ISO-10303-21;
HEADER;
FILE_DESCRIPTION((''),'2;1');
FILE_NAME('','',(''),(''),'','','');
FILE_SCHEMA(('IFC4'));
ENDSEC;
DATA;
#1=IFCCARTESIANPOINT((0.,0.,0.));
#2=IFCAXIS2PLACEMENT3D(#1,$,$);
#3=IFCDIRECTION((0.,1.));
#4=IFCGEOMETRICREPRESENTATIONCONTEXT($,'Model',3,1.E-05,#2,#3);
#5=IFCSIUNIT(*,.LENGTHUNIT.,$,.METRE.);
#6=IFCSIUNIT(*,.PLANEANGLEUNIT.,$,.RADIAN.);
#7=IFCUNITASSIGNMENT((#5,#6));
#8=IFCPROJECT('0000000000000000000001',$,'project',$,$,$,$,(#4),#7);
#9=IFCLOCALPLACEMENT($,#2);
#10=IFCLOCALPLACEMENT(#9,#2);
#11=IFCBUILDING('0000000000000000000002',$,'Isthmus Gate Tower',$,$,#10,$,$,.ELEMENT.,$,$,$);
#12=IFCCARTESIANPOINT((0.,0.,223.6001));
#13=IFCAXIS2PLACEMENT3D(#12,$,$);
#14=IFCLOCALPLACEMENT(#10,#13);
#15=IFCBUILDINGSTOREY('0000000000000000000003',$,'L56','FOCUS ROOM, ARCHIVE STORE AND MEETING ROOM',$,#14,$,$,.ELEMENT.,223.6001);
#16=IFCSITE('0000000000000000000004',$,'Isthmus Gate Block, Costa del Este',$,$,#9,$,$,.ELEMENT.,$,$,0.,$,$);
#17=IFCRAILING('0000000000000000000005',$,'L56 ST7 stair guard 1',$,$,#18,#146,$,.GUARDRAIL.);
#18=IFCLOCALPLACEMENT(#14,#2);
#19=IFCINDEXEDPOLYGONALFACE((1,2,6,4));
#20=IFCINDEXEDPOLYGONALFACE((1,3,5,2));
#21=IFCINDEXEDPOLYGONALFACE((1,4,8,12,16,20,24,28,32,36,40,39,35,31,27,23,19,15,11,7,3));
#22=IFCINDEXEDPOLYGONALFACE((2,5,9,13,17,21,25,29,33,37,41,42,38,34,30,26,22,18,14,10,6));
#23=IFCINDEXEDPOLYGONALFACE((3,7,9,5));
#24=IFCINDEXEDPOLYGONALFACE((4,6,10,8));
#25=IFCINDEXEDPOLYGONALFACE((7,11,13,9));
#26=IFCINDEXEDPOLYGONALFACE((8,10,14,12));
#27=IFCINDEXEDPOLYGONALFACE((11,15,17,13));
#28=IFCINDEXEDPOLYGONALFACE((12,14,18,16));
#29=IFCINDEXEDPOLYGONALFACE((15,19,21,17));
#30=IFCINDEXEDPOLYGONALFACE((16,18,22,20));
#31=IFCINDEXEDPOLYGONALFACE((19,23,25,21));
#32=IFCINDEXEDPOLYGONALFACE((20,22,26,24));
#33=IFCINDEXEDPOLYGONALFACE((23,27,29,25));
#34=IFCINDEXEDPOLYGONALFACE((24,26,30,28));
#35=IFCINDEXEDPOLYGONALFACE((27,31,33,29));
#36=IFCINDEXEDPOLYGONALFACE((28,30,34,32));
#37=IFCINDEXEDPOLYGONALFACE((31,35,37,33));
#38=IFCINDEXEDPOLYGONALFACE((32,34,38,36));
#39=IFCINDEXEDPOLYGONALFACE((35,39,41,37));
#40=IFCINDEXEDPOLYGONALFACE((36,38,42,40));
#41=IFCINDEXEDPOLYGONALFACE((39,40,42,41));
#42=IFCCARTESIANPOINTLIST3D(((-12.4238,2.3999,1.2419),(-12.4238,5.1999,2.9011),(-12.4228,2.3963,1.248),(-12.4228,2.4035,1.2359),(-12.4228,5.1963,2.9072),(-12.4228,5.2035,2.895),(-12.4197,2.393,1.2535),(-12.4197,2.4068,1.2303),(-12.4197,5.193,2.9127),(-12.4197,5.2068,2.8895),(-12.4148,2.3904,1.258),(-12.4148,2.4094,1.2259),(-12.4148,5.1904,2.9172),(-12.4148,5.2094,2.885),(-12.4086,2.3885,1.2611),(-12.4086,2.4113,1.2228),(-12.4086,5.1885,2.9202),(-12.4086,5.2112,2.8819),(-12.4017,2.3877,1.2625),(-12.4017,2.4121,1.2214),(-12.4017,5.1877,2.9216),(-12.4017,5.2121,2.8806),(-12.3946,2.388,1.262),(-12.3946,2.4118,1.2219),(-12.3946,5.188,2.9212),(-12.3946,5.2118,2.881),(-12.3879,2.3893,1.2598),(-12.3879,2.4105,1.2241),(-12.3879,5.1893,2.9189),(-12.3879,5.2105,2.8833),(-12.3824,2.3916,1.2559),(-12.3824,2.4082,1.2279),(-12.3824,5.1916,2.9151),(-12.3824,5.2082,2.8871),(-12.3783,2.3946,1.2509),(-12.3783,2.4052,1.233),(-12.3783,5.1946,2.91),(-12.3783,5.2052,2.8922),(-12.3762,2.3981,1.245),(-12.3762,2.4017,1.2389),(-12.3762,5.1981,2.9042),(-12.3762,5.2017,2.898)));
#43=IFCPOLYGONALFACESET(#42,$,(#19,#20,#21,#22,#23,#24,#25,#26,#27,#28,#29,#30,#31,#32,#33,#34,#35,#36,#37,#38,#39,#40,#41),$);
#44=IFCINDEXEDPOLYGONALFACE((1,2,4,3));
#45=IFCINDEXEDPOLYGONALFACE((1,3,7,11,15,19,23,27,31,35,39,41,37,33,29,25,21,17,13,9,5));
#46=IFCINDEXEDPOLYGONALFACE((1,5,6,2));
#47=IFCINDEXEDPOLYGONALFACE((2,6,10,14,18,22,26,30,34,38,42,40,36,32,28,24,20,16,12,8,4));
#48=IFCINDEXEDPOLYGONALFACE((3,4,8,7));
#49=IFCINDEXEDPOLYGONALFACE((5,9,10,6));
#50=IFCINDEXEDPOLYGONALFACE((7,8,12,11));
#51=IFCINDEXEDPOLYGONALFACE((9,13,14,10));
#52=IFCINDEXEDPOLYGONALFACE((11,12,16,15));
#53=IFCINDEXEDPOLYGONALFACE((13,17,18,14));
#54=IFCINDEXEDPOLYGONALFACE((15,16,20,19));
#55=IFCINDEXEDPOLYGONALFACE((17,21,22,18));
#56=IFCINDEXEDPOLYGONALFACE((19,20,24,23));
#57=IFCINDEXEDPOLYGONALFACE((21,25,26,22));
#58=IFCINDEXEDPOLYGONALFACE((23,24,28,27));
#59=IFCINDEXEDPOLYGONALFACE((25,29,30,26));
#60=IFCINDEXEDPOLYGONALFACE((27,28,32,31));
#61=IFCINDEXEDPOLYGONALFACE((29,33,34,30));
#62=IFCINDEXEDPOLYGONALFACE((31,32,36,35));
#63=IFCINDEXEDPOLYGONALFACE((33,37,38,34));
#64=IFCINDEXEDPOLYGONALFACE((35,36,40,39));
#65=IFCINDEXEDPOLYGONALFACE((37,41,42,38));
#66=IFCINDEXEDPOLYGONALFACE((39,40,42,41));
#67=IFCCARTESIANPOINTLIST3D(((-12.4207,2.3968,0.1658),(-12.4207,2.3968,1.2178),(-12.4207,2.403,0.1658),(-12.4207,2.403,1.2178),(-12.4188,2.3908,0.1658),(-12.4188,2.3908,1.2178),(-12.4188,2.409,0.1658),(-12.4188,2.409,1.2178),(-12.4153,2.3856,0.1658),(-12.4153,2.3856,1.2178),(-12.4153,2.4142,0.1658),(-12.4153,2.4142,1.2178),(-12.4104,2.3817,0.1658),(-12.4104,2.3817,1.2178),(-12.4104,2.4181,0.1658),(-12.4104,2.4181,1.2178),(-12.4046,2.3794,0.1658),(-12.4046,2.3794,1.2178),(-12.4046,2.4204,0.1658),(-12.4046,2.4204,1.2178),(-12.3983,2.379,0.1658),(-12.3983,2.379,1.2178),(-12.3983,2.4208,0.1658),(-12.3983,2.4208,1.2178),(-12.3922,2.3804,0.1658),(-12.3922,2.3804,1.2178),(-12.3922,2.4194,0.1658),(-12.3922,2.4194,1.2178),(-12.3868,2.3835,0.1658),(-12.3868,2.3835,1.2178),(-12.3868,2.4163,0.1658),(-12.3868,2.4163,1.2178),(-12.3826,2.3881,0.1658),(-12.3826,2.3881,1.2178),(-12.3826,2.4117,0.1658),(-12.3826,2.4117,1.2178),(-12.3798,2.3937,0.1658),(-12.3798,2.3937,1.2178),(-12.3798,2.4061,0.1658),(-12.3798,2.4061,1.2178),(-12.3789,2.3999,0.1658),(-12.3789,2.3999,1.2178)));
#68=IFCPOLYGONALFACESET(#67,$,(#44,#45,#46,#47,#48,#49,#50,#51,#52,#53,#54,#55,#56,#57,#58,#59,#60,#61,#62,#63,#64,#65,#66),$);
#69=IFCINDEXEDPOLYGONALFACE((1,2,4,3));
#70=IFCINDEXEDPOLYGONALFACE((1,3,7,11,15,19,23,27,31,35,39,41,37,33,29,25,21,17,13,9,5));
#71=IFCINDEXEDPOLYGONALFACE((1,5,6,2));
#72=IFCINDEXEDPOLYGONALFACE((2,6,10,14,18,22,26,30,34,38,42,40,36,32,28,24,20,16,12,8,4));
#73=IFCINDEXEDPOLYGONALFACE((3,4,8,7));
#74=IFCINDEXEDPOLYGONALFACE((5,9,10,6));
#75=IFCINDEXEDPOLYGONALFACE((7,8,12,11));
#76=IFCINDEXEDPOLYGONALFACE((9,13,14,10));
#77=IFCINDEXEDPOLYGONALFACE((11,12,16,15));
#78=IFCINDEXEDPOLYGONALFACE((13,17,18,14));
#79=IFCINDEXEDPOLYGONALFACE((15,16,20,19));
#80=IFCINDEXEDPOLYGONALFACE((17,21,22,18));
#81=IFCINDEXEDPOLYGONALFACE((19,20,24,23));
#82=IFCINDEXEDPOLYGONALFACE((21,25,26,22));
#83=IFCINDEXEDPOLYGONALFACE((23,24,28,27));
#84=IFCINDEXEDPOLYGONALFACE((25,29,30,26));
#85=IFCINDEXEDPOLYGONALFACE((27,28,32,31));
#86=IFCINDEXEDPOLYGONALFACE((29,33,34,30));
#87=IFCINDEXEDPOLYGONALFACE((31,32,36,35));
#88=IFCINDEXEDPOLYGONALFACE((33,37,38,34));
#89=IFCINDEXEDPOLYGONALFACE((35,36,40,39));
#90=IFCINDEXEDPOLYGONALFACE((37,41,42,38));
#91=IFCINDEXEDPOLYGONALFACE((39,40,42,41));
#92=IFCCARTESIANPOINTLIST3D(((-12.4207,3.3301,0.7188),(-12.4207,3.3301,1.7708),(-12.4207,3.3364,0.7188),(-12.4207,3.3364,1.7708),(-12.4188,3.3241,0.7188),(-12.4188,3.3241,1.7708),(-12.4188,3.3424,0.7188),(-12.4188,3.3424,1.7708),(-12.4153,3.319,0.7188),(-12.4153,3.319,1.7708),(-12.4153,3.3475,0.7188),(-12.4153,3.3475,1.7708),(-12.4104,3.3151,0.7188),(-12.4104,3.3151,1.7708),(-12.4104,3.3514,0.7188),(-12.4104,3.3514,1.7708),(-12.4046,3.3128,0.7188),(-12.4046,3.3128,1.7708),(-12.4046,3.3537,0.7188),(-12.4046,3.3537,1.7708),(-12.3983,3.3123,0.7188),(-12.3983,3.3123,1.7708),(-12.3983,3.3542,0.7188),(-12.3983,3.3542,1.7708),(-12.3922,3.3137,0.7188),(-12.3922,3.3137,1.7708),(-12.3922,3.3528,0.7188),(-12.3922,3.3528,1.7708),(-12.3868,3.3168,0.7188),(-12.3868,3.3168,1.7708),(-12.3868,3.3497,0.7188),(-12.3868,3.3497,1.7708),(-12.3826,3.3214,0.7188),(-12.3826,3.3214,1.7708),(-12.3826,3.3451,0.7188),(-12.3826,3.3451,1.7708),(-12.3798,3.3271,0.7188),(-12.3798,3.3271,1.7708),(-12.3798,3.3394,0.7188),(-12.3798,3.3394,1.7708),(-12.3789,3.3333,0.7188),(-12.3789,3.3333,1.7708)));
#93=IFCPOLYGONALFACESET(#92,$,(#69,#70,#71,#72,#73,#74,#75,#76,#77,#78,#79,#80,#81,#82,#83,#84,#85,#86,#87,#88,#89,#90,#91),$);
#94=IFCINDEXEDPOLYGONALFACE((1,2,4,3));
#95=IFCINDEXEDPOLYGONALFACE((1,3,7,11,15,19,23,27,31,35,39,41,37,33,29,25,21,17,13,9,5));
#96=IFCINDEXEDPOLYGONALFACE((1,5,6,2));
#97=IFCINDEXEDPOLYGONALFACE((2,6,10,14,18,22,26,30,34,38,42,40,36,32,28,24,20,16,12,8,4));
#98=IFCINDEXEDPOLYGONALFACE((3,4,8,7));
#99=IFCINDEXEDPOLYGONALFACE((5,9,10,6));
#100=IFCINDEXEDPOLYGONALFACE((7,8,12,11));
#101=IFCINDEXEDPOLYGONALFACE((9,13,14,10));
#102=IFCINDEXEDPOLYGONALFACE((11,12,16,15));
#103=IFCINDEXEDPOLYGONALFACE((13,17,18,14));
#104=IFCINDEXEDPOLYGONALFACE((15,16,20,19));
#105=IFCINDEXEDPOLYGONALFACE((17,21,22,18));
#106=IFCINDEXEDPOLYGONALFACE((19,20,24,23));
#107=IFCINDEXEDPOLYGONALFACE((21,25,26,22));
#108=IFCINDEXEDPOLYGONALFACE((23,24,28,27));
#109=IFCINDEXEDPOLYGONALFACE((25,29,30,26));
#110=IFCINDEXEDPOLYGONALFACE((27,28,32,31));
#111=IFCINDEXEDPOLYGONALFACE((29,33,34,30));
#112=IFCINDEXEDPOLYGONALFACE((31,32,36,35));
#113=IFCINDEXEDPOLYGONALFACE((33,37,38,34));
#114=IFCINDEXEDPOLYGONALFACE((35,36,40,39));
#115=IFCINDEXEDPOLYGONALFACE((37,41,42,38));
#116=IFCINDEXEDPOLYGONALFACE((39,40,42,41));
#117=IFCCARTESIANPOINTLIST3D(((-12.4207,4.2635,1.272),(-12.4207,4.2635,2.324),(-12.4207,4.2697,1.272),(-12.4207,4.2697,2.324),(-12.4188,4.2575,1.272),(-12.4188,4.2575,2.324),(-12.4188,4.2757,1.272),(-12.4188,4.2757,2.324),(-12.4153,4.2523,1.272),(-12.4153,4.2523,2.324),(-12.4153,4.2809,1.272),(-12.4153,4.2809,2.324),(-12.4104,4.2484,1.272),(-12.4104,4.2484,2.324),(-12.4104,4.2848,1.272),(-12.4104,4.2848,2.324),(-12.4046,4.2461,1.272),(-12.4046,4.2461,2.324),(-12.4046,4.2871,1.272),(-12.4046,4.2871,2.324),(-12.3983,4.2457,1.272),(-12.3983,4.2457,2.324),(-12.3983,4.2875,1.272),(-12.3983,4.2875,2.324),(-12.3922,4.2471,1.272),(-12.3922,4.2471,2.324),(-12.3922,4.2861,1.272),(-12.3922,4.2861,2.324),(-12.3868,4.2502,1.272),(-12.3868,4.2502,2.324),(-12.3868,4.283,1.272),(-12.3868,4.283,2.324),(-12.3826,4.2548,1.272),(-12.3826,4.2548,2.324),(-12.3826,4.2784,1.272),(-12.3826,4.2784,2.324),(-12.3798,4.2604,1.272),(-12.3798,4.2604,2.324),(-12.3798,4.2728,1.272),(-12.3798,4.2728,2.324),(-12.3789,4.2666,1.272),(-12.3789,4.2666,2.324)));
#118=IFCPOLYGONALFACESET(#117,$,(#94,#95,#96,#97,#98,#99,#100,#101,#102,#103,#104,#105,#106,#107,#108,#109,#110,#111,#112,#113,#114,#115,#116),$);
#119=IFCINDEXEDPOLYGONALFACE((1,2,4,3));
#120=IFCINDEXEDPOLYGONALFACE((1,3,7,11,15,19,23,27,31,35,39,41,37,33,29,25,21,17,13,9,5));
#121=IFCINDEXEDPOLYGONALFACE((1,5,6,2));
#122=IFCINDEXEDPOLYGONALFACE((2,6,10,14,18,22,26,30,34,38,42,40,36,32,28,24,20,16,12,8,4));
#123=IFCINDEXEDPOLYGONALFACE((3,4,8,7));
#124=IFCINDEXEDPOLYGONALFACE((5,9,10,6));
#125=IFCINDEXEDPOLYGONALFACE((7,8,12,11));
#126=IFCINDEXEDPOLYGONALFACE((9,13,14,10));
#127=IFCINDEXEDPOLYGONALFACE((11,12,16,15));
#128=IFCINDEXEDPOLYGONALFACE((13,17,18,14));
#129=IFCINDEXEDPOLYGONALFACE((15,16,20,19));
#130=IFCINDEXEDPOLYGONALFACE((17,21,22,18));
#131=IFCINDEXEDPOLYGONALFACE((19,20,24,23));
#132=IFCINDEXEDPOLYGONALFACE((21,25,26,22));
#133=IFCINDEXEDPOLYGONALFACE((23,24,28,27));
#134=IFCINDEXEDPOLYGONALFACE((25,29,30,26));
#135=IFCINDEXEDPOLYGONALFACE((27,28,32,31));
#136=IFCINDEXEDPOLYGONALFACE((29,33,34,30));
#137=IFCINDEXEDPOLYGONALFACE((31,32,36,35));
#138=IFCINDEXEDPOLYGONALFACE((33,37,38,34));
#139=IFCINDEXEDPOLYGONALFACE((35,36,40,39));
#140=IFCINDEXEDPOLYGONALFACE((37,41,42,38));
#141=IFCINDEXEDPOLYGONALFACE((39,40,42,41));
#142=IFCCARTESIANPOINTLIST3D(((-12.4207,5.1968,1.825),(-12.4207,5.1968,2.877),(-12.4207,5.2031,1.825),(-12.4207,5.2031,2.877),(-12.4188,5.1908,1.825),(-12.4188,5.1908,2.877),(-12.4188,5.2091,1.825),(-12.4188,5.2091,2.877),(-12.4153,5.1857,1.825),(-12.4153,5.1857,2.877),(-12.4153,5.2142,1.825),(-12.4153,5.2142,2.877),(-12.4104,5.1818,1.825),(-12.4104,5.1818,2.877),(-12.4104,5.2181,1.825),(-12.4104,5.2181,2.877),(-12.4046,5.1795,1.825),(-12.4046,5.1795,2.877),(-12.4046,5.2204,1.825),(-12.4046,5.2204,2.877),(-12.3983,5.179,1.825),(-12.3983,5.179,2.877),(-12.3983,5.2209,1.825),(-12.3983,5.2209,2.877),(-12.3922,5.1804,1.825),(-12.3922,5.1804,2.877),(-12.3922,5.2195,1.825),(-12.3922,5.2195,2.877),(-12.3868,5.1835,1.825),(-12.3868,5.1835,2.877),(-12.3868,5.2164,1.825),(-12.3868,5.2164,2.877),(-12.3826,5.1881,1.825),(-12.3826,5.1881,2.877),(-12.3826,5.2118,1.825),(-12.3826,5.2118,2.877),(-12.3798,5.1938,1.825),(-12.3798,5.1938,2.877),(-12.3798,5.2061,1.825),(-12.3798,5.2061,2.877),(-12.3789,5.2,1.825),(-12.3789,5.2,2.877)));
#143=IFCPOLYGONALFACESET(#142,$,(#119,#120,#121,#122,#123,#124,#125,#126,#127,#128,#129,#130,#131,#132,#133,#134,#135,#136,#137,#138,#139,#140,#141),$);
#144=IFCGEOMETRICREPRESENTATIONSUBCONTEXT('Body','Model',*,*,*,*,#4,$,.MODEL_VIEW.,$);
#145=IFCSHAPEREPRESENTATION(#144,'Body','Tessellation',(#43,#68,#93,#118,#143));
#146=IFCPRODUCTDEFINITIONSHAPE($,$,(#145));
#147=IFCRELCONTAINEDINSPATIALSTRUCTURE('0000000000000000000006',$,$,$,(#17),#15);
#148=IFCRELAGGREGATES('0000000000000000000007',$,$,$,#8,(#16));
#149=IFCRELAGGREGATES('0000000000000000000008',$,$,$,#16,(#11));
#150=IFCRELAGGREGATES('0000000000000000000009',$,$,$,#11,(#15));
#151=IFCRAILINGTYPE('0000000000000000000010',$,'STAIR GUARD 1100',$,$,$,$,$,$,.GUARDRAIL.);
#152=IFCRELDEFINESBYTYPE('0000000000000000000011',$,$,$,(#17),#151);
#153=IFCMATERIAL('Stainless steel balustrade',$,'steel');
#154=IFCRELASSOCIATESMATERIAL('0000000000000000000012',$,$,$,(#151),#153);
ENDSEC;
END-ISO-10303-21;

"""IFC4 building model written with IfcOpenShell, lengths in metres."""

from ifc_helpers import new_model, si_unit, direction, frame, origin, origin_2d, place, context, subcontext, project, spatial, circle, extrude, material, type_object, element, save


model = new_model("IFC4")

# Units and contexts
model_context = context("Model", 3, precision=1e-05, world=origin(), true_north=direction((0.0, 1.0)))
body_context = subcontext(model_context, "Body", "Model", "MODEL_VIEW")
ifc_project = project(units=[si_unit("LENGTHUNIT", "METRE"), si_unit("PLANEANGLEUNIT", "RADIAN")], contexts=[model_context])

# Site, building, storey
site_placement = place(None, origin())
site = spatial("IfcSite", under=ifc_project, at=site_placement, Name="Isthmus Gate Block, Costa del Este", CompositionType="ELEMENT", RefElevation=0.0)
building_placement = place(site_placement, origin())
building = spatial("IfcBuilding", under=site, at=building_placement, Name="Isthmus Gate Tower", CompositionType="ELEMENT")
storey_placement = place(building_placement, frame((0.0, 0.0, 223.6001)))
storey = spatial("IfcBuildingStorey", under=building, at=storey_placement, Name="L56", Description="FOCUS ROOM, ARCHIVE STORE AND MEETING ROOM", CompositionType="ELEMENT", Elevation=223.6001)

# Railing
ifc_material_1 = material(Name="Stainless steel balustrade", Category="steel")
railing_type_1 = type_object("IfcRailingType", Name="STAIR GUARD 1100", PredefinedType="GUARDRAIL", material=ifc_material_1)
railing_1_placement = place(storey_placement, frame((-12.3999, 2.3999, 0.1658)))
element("IfcRailing", 1, at=railing_1_placement, inside=storey, type_object=railing_type_1, Name="L56 ST7 stair guard 1", PredefinedType="GUARDRAIL", context=body_context, shape_type="SweptSolid", body=[
    extrude(circle(Radius=0.0239, at=origin_2d()), frame((0.0, 0.0, 1.0762), z_axis=(0.0, 0.860306, 0.509778), x_axis=(-1.0, 0.0, 0.0)), (0.0, 0.0, 1.0), 3.2546),
    extrude(circle(Radius=0.021, at=origin_2d()), origin(), (0.0, 0.0, 1.0), 1.052),
    extrude(circle(Radius=0.021, at=origin_2d()), frame((0.0, 0.9333, 0.553)), (0.0, 0.0, 1.0), 1.052),
    extrude(circle(Radius=0.021, at=origin_2d()), frame((0.0, 1.8667, 1.1062)), (0.0, 0.0, 1.0), 1.052),
    extrude(circle(Radius=0.021, at=origin_2d()), frame((0.0, 2.8, 1.6592)), (0.0, 0.0, 1.0), 1.052),
])

save(model, "model.ifc")
